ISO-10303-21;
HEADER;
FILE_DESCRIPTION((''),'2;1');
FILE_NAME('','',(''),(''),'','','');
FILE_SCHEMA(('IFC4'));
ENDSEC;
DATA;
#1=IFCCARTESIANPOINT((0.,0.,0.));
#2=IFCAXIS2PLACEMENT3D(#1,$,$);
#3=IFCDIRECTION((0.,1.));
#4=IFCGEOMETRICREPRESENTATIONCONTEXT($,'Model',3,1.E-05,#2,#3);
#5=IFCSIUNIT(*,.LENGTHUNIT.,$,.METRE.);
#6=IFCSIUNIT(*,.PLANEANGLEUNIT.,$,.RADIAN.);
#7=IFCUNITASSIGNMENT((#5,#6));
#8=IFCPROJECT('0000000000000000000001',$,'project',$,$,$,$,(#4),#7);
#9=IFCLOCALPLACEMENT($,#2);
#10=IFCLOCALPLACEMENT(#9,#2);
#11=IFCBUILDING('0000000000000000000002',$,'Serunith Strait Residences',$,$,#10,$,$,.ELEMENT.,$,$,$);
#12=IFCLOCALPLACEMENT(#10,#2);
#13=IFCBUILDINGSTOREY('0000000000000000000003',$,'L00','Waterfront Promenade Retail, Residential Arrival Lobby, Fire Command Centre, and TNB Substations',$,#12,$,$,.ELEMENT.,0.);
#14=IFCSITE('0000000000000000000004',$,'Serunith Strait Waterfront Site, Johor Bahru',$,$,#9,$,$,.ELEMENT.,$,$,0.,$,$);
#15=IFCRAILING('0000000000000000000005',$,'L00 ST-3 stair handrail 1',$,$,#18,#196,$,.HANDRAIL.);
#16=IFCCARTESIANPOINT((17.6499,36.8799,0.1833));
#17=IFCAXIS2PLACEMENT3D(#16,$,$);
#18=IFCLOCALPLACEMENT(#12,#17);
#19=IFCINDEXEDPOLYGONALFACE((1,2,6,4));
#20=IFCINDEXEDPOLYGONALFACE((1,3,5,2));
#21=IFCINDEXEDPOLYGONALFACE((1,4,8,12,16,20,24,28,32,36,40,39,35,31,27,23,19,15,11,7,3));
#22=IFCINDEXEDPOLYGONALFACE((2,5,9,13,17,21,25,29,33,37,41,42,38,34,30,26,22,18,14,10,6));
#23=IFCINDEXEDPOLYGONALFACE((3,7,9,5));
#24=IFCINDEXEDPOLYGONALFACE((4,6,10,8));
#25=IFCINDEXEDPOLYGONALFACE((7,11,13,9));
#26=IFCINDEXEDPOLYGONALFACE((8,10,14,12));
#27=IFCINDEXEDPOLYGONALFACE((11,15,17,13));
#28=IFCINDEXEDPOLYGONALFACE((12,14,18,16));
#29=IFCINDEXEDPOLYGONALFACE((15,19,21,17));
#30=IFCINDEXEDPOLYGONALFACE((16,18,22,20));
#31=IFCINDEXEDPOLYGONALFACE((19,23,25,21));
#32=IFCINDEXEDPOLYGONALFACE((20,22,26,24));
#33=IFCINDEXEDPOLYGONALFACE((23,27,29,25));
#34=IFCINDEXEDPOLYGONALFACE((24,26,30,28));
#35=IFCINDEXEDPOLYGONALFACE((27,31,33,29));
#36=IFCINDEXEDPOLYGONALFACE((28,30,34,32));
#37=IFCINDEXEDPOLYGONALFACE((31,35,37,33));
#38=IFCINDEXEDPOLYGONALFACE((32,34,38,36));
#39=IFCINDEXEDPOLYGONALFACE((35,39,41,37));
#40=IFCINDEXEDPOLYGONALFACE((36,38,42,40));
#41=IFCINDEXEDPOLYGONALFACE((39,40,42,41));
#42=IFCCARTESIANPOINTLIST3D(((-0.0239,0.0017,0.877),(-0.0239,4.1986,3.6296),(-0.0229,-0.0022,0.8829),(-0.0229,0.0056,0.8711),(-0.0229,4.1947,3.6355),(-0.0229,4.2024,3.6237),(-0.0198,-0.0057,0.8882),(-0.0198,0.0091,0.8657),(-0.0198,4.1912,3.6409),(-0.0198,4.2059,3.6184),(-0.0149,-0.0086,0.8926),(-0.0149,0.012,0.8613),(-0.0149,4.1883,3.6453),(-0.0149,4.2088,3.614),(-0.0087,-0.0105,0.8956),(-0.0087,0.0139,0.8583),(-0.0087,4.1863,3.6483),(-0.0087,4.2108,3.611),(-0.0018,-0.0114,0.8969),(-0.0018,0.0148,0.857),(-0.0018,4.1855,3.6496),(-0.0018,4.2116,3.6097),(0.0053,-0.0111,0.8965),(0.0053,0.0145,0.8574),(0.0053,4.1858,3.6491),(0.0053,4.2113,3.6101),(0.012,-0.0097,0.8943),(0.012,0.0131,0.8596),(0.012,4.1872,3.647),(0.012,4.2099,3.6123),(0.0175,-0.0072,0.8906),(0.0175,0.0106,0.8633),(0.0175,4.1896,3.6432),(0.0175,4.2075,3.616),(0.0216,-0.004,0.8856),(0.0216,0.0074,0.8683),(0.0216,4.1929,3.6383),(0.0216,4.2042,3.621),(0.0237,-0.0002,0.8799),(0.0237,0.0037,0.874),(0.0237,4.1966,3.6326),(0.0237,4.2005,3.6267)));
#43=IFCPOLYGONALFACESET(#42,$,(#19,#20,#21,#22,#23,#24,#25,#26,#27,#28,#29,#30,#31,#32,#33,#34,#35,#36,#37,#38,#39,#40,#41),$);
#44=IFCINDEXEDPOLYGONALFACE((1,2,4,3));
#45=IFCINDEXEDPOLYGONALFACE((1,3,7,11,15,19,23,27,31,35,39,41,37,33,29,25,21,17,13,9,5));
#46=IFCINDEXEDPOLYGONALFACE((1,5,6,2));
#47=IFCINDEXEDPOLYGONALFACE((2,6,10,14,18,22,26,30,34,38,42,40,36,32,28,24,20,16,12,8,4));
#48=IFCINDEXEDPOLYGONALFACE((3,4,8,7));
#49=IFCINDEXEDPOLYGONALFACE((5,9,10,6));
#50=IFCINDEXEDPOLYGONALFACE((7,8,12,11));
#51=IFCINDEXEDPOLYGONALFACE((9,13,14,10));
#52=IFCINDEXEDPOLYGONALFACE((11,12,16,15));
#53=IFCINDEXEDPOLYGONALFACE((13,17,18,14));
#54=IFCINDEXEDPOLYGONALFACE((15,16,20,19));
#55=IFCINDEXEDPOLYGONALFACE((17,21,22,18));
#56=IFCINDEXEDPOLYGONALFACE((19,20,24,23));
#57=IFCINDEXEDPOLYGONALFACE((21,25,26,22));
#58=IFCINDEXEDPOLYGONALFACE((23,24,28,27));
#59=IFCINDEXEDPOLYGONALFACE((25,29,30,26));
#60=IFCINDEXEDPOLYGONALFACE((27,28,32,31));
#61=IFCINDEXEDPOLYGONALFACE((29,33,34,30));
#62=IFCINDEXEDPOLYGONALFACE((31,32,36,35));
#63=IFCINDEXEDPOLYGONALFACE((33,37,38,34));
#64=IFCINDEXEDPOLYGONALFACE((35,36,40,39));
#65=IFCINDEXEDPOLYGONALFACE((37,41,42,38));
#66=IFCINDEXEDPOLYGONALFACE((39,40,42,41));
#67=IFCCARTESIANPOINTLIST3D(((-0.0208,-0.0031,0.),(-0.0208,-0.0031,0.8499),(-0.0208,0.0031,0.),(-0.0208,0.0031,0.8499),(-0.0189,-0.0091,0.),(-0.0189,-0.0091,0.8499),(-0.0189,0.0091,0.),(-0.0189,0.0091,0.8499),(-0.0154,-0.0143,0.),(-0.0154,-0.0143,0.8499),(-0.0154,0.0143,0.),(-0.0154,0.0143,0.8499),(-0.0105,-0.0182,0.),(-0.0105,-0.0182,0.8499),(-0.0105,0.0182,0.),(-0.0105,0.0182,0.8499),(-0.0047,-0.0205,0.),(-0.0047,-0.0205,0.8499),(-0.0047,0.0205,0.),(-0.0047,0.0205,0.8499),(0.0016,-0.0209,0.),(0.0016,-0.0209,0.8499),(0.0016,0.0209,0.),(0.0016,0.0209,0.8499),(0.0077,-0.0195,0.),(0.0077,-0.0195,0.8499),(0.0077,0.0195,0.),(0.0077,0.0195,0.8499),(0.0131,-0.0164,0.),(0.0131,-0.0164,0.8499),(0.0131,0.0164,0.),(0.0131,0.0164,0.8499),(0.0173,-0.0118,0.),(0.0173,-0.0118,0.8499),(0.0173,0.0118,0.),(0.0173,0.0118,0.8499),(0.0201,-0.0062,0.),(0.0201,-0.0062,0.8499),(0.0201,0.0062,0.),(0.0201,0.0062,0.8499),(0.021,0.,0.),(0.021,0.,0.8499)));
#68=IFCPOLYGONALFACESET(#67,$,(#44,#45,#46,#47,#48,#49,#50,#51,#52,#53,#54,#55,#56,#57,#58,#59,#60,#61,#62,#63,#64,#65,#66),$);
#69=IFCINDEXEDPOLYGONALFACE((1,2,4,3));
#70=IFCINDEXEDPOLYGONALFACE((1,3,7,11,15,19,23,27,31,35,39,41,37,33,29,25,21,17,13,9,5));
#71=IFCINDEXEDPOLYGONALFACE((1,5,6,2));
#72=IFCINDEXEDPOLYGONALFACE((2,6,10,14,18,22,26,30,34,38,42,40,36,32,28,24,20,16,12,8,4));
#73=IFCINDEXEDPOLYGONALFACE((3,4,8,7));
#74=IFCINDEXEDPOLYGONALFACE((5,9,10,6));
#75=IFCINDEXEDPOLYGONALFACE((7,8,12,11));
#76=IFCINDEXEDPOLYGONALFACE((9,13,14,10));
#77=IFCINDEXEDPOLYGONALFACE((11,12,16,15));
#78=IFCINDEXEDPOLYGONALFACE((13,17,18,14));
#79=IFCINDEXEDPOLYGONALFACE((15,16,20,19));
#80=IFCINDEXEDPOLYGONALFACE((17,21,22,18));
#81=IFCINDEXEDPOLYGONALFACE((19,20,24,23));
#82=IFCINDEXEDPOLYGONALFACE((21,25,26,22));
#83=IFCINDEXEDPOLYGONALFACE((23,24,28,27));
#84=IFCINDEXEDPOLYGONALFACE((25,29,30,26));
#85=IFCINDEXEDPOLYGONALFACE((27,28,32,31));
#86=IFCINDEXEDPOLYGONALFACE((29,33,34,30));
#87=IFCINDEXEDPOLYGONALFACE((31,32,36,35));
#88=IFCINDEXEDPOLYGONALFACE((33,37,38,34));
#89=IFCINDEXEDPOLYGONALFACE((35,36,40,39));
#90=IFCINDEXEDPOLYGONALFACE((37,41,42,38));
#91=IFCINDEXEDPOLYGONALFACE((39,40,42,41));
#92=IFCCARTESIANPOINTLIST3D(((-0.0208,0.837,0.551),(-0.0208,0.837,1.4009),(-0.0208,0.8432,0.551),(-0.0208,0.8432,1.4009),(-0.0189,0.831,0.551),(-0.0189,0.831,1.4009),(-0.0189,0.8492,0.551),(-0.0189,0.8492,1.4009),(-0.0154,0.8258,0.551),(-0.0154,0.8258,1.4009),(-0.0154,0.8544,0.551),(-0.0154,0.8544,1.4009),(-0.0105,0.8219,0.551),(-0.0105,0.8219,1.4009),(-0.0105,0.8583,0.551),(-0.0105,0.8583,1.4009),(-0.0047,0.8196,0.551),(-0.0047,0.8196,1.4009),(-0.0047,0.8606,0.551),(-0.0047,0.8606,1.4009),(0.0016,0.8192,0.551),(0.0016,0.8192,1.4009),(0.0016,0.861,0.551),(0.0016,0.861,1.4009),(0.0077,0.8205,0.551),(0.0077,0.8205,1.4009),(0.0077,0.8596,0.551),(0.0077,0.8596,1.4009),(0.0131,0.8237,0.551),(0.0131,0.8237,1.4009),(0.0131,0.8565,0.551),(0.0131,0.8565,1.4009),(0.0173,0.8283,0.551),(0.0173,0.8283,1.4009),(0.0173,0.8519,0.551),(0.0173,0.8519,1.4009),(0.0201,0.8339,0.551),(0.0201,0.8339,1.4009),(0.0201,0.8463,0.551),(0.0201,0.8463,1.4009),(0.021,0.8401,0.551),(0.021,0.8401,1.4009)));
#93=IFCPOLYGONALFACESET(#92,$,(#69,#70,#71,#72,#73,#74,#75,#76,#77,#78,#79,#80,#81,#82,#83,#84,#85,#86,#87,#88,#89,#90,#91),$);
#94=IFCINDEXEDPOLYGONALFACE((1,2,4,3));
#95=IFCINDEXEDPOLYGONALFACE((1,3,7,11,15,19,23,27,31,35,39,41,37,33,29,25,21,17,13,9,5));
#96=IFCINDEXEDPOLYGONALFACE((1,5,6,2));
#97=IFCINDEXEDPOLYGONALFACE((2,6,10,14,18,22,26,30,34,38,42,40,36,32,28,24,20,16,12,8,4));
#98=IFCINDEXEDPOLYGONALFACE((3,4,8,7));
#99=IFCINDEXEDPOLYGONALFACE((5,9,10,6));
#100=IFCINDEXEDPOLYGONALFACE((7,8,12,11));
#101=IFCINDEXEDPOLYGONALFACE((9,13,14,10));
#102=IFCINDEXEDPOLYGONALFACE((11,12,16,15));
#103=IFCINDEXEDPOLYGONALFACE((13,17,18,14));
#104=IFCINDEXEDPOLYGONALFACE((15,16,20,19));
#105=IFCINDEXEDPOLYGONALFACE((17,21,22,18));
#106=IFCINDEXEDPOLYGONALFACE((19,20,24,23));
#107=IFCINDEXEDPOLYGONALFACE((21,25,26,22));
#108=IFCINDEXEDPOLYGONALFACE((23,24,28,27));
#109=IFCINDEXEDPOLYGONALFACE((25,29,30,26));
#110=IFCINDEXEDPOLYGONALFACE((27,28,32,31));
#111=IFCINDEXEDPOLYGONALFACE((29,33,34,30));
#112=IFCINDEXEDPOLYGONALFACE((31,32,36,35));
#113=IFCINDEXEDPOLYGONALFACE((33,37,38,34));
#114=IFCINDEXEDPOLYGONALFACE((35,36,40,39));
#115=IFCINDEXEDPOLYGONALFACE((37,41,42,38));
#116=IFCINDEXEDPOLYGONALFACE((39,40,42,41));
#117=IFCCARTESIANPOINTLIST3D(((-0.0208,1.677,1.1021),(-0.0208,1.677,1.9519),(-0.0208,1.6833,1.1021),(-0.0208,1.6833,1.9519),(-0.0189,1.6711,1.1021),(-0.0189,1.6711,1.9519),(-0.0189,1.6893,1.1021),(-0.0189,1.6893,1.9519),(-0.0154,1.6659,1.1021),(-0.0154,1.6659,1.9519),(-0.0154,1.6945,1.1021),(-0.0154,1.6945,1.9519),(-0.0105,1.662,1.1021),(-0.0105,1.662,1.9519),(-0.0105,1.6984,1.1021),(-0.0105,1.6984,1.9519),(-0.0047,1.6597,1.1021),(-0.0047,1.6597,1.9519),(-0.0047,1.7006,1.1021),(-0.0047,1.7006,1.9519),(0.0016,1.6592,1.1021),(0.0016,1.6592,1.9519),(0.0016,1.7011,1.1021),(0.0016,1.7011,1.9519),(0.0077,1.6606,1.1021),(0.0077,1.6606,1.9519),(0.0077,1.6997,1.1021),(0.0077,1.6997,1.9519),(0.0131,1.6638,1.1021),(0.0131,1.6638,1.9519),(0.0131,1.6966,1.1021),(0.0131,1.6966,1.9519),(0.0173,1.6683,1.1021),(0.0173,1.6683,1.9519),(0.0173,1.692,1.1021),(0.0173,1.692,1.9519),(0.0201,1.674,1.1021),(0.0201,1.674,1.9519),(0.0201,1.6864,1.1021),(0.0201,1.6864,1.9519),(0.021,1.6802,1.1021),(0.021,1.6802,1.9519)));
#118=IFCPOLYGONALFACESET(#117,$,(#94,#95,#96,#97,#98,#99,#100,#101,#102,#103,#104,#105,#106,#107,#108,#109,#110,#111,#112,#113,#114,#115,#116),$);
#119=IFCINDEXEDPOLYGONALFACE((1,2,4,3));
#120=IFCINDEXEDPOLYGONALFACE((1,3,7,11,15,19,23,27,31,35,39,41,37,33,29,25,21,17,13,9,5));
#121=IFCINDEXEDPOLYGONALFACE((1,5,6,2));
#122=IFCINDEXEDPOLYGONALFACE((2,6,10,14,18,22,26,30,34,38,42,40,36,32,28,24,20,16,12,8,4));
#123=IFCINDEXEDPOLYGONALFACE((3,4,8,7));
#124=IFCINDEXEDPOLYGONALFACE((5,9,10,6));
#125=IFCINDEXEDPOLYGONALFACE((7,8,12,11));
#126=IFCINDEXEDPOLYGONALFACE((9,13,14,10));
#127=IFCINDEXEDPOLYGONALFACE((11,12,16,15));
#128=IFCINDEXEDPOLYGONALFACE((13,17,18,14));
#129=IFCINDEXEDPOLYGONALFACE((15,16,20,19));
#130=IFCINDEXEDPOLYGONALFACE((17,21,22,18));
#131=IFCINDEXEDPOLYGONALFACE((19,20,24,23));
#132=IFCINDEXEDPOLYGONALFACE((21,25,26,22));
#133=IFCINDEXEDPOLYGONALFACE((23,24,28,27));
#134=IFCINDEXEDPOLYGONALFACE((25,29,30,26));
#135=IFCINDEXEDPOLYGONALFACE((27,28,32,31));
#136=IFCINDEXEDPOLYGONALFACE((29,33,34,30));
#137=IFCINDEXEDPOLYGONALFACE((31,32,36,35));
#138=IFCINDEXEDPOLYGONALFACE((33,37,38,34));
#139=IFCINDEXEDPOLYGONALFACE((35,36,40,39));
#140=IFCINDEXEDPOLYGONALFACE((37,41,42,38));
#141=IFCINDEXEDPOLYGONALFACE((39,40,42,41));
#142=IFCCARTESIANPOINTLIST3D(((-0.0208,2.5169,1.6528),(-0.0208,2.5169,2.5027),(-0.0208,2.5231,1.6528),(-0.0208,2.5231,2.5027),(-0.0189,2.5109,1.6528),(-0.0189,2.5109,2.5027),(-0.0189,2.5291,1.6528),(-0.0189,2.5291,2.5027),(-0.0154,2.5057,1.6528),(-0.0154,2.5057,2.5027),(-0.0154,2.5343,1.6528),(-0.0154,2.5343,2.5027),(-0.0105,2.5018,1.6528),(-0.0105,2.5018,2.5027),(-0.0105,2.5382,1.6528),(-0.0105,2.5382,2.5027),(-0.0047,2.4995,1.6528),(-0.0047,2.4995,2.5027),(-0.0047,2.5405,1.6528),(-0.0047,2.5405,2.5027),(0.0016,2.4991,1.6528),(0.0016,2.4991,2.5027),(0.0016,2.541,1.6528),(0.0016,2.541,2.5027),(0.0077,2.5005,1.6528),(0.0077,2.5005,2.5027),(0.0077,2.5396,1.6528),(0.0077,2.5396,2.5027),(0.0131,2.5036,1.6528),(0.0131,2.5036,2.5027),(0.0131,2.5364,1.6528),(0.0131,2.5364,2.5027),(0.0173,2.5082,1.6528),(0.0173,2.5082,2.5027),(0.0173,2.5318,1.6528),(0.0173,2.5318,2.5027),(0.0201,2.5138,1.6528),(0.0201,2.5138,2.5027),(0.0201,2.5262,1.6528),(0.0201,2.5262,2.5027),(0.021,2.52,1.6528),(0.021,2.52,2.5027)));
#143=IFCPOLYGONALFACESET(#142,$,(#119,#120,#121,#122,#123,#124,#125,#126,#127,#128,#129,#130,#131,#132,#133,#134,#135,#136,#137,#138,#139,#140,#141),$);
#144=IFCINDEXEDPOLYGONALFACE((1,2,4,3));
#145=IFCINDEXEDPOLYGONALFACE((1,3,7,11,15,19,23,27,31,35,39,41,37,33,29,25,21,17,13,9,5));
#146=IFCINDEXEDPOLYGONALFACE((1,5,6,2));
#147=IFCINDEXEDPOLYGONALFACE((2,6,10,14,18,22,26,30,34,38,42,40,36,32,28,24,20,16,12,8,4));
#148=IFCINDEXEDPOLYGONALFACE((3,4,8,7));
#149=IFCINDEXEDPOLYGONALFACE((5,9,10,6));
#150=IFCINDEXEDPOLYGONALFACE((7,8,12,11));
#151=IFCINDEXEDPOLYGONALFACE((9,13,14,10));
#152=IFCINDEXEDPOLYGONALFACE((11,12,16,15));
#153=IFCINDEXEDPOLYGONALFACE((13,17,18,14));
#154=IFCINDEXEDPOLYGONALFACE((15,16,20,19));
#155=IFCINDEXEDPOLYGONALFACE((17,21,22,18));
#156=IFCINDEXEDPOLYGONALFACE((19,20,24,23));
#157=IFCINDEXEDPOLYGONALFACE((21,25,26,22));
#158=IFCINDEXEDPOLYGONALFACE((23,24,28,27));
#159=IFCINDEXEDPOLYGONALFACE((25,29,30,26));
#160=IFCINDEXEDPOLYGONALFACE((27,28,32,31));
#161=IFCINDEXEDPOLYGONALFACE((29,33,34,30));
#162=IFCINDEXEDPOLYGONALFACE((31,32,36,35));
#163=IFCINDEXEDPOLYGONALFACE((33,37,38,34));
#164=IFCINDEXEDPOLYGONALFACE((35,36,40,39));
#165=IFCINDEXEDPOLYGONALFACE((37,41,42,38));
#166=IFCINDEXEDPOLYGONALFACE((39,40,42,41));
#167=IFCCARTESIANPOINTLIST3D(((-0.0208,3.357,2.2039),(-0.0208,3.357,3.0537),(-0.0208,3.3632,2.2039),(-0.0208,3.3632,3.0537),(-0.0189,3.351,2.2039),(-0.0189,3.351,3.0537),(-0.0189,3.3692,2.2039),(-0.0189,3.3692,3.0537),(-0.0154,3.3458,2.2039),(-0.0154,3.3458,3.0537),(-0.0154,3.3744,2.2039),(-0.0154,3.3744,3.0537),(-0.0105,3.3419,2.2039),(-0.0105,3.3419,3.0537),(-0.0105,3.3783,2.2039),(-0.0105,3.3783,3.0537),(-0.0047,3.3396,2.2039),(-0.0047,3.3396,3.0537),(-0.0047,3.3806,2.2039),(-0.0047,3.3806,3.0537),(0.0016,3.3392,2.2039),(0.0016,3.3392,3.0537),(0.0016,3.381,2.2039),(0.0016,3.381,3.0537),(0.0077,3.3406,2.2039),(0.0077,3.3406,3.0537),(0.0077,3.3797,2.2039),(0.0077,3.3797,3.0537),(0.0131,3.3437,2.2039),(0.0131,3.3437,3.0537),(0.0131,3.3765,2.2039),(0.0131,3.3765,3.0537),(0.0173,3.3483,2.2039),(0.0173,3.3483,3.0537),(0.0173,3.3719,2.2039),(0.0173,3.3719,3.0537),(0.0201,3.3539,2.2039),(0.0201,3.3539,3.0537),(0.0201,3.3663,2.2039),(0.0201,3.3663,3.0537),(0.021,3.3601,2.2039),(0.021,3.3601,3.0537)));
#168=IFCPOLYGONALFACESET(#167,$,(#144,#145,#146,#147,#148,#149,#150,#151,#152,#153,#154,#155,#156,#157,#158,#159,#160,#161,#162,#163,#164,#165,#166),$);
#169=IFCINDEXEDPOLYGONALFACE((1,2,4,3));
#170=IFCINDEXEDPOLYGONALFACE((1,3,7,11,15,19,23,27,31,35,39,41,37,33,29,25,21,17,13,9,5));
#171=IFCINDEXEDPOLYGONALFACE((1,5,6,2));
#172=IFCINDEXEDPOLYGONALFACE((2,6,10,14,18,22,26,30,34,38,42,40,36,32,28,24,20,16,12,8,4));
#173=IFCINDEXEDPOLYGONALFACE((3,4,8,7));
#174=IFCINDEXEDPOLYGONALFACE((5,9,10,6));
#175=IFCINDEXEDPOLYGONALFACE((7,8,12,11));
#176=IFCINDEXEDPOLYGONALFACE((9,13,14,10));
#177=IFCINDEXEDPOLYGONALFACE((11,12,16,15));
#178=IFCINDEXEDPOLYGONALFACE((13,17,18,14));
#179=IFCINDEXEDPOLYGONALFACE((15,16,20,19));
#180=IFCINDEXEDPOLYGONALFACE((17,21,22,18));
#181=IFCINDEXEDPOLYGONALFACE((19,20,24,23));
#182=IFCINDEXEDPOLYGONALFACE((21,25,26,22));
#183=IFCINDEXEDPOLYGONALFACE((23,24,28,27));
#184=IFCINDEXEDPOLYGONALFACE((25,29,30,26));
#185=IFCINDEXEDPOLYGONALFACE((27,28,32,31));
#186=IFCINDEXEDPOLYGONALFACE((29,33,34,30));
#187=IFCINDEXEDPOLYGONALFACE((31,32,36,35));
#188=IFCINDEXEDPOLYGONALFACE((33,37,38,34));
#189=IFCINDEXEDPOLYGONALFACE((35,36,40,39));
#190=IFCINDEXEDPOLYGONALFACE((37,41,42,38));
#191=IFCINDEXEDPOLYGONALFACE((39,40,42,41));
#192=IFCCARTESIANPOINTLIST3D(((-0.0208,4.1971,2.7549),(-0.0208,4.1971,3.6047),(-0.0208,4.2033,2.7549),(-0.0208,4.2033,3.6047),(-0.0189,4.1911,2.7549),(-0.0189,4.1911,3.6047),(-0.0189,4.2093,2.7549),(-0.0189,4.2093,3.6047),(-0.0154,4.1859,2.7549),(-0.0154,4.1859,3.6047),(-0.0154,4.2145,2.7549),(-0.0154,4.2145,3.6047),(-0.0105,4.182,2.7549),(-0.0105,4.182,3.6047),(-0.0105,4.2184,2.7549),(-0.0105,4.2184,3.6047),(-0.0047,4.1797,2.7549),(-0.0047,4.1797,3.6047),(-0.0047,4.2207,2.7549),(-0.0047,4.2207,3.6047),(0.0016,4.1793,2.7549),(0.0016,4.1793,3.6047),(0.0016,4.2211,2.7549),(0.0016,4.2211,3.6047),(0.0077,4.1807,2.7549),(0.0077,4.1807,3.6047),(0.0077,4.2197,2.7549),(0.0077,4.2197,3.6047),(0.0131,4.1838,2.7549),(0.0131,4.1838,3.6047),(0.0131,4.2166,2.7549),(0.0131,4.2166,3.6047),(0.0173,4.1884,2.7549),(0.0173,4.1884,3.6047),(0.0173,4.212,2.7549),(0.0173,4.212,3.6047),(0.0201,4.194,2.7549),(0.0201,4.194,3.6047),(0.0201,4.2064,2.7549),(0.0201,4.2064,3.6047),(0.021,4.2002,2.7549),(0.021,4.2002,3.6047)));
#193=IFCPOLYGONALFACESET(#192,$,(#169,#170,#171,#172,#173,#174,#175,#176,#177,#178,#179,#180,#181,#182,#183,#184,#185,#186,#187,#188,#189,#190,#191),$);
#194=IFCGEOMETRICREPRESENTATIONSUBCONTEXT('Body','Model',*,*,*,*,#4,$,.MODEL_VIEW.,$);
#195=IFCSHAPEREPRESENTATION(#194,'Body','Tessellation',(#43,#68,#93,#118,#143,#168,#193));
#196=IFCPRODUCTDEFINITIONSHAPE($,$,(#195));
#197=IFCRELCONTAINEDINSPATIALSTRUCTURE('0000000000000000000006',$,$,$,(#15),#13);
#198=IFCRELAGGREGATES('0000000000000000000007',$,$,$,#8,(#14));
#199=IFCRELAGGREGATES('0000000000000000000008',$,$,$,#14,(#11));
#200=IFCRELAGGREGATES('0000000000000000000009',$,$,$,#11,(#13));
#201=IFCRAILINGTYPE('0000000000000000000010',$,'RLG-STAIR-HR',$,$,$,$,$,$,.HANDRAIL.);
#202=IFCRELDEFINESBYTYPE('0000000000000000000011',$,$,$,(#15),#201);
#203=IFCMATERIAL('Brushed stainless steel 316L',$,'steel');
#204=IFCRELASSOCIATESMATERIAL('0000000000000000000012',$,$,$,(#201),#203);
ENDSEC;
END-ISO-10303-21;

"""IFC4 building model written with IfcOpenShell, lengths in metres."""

from ifc_helpers import new_model, si_unit, direction, frame, origin, origin_2d, place, context, subcontext, project, spatial, circle, extrude, material, type_object, element, save


model = new_model("IFC4")

# Units and contexts
model_context = context("Model", 3, precision=1e-05, world=origin(), true_north=direction((0.0, 1.0)))
body_context = subcontext(model_context, "Body", "Model", "MODEL_VIEW")
ifc_project = project(units=[si_unit("LENGTHUNIT", "METRE"), si_unit("PLANEANGLEUNIT", "RADIAN")], contexts=[model_context])

# Site, building, storey
site_placement = place(None, origin())
site = spatial("IfcSite", under=ifc_project, at=site_placement, Name="Serunith Strait Waterfront Site, Johor Bahru", CompositionType="ELEMENT", RefElevation=0.0)
building_placement = place(site_placement, origin())
building = spatial("IfcBuilding", under=site, at=building_placement, Name="Serunith Strait Residences", CompositionType="ELEMENT")
storey_placement = place(building_placement, origin())
storey = spatial("IfcBuildingStorey", under=building, at=storey_placement, Name="L00", Description="Waterfront Promenade Retail, Residential Arrival Lobby, Fire Command Centre, and TNB Substations", CompositionType="ELEMENT", Elevation=0.0)

# Railing
ifc_material_1 = material(Name="Brushed stainless steel 316L", Category="steel")
railing_type_1 = type_object("IfcRailingType", Name="RLG-STAIR-HR", PredefinedType="HANDRAIL", material=ifc_material_1)
railing_1_placement = place(storey_placement, frame((17.6499, 36.8799, 0.1833)))
element("IfcRailing", 1, at=railing_1_placement, inside=storey, type_object=railing_type_1, Name="L00 ST-3 stair handrail 1", PredefinedType="HANDRAIL", context=body_context, shape_type="SweptSolid", body=[
    extrude(circle(Radius=0.0239, at=origin_2d()), frame((0.0, 0.0017, 0.877), z_axis=(0.0, 0.836184, 0.548448), x_axis=(-1.0, 0.0, 0.0)), (0.0, 0.0, 1.0), 5.019),
    extrude(circle(Radius=0.021, at=origin_2d()), origin(), (0.0, 0.0, 1.0), 0.8499),
    extrude(circle(Radius=0.021, at=origin_2d()), frame((0.0, 0.8401, 0.551)), (0.0, 0.0, 1.0), 0.8499),
    extrude(circle(Radius=0.021, at=origin_2d()), frame((0.0, 1.6802, 1.1021)), (0.0, 0.0, 1.0), 0.8499),
    extrude(circle(Radius=0.021, at=origin_2d()), frame((0.0, 2.52, 1.6528)), (0.0, 0.0, 1.0), 0.8499),
    extrude(circle(Radius=0.021, at=origin_2d()), frame((0.0, 3.3601, 2.2039)), (0.0, 0.0, 1.0), 0.8499),
    extrude(circle(Radius=0.021, at=origin_2d()), frame((0.0, 4.2002, 2.7549)), (0.0, 0.0, 1.0), 0.8499),
])

save(model, "model.ifc")
